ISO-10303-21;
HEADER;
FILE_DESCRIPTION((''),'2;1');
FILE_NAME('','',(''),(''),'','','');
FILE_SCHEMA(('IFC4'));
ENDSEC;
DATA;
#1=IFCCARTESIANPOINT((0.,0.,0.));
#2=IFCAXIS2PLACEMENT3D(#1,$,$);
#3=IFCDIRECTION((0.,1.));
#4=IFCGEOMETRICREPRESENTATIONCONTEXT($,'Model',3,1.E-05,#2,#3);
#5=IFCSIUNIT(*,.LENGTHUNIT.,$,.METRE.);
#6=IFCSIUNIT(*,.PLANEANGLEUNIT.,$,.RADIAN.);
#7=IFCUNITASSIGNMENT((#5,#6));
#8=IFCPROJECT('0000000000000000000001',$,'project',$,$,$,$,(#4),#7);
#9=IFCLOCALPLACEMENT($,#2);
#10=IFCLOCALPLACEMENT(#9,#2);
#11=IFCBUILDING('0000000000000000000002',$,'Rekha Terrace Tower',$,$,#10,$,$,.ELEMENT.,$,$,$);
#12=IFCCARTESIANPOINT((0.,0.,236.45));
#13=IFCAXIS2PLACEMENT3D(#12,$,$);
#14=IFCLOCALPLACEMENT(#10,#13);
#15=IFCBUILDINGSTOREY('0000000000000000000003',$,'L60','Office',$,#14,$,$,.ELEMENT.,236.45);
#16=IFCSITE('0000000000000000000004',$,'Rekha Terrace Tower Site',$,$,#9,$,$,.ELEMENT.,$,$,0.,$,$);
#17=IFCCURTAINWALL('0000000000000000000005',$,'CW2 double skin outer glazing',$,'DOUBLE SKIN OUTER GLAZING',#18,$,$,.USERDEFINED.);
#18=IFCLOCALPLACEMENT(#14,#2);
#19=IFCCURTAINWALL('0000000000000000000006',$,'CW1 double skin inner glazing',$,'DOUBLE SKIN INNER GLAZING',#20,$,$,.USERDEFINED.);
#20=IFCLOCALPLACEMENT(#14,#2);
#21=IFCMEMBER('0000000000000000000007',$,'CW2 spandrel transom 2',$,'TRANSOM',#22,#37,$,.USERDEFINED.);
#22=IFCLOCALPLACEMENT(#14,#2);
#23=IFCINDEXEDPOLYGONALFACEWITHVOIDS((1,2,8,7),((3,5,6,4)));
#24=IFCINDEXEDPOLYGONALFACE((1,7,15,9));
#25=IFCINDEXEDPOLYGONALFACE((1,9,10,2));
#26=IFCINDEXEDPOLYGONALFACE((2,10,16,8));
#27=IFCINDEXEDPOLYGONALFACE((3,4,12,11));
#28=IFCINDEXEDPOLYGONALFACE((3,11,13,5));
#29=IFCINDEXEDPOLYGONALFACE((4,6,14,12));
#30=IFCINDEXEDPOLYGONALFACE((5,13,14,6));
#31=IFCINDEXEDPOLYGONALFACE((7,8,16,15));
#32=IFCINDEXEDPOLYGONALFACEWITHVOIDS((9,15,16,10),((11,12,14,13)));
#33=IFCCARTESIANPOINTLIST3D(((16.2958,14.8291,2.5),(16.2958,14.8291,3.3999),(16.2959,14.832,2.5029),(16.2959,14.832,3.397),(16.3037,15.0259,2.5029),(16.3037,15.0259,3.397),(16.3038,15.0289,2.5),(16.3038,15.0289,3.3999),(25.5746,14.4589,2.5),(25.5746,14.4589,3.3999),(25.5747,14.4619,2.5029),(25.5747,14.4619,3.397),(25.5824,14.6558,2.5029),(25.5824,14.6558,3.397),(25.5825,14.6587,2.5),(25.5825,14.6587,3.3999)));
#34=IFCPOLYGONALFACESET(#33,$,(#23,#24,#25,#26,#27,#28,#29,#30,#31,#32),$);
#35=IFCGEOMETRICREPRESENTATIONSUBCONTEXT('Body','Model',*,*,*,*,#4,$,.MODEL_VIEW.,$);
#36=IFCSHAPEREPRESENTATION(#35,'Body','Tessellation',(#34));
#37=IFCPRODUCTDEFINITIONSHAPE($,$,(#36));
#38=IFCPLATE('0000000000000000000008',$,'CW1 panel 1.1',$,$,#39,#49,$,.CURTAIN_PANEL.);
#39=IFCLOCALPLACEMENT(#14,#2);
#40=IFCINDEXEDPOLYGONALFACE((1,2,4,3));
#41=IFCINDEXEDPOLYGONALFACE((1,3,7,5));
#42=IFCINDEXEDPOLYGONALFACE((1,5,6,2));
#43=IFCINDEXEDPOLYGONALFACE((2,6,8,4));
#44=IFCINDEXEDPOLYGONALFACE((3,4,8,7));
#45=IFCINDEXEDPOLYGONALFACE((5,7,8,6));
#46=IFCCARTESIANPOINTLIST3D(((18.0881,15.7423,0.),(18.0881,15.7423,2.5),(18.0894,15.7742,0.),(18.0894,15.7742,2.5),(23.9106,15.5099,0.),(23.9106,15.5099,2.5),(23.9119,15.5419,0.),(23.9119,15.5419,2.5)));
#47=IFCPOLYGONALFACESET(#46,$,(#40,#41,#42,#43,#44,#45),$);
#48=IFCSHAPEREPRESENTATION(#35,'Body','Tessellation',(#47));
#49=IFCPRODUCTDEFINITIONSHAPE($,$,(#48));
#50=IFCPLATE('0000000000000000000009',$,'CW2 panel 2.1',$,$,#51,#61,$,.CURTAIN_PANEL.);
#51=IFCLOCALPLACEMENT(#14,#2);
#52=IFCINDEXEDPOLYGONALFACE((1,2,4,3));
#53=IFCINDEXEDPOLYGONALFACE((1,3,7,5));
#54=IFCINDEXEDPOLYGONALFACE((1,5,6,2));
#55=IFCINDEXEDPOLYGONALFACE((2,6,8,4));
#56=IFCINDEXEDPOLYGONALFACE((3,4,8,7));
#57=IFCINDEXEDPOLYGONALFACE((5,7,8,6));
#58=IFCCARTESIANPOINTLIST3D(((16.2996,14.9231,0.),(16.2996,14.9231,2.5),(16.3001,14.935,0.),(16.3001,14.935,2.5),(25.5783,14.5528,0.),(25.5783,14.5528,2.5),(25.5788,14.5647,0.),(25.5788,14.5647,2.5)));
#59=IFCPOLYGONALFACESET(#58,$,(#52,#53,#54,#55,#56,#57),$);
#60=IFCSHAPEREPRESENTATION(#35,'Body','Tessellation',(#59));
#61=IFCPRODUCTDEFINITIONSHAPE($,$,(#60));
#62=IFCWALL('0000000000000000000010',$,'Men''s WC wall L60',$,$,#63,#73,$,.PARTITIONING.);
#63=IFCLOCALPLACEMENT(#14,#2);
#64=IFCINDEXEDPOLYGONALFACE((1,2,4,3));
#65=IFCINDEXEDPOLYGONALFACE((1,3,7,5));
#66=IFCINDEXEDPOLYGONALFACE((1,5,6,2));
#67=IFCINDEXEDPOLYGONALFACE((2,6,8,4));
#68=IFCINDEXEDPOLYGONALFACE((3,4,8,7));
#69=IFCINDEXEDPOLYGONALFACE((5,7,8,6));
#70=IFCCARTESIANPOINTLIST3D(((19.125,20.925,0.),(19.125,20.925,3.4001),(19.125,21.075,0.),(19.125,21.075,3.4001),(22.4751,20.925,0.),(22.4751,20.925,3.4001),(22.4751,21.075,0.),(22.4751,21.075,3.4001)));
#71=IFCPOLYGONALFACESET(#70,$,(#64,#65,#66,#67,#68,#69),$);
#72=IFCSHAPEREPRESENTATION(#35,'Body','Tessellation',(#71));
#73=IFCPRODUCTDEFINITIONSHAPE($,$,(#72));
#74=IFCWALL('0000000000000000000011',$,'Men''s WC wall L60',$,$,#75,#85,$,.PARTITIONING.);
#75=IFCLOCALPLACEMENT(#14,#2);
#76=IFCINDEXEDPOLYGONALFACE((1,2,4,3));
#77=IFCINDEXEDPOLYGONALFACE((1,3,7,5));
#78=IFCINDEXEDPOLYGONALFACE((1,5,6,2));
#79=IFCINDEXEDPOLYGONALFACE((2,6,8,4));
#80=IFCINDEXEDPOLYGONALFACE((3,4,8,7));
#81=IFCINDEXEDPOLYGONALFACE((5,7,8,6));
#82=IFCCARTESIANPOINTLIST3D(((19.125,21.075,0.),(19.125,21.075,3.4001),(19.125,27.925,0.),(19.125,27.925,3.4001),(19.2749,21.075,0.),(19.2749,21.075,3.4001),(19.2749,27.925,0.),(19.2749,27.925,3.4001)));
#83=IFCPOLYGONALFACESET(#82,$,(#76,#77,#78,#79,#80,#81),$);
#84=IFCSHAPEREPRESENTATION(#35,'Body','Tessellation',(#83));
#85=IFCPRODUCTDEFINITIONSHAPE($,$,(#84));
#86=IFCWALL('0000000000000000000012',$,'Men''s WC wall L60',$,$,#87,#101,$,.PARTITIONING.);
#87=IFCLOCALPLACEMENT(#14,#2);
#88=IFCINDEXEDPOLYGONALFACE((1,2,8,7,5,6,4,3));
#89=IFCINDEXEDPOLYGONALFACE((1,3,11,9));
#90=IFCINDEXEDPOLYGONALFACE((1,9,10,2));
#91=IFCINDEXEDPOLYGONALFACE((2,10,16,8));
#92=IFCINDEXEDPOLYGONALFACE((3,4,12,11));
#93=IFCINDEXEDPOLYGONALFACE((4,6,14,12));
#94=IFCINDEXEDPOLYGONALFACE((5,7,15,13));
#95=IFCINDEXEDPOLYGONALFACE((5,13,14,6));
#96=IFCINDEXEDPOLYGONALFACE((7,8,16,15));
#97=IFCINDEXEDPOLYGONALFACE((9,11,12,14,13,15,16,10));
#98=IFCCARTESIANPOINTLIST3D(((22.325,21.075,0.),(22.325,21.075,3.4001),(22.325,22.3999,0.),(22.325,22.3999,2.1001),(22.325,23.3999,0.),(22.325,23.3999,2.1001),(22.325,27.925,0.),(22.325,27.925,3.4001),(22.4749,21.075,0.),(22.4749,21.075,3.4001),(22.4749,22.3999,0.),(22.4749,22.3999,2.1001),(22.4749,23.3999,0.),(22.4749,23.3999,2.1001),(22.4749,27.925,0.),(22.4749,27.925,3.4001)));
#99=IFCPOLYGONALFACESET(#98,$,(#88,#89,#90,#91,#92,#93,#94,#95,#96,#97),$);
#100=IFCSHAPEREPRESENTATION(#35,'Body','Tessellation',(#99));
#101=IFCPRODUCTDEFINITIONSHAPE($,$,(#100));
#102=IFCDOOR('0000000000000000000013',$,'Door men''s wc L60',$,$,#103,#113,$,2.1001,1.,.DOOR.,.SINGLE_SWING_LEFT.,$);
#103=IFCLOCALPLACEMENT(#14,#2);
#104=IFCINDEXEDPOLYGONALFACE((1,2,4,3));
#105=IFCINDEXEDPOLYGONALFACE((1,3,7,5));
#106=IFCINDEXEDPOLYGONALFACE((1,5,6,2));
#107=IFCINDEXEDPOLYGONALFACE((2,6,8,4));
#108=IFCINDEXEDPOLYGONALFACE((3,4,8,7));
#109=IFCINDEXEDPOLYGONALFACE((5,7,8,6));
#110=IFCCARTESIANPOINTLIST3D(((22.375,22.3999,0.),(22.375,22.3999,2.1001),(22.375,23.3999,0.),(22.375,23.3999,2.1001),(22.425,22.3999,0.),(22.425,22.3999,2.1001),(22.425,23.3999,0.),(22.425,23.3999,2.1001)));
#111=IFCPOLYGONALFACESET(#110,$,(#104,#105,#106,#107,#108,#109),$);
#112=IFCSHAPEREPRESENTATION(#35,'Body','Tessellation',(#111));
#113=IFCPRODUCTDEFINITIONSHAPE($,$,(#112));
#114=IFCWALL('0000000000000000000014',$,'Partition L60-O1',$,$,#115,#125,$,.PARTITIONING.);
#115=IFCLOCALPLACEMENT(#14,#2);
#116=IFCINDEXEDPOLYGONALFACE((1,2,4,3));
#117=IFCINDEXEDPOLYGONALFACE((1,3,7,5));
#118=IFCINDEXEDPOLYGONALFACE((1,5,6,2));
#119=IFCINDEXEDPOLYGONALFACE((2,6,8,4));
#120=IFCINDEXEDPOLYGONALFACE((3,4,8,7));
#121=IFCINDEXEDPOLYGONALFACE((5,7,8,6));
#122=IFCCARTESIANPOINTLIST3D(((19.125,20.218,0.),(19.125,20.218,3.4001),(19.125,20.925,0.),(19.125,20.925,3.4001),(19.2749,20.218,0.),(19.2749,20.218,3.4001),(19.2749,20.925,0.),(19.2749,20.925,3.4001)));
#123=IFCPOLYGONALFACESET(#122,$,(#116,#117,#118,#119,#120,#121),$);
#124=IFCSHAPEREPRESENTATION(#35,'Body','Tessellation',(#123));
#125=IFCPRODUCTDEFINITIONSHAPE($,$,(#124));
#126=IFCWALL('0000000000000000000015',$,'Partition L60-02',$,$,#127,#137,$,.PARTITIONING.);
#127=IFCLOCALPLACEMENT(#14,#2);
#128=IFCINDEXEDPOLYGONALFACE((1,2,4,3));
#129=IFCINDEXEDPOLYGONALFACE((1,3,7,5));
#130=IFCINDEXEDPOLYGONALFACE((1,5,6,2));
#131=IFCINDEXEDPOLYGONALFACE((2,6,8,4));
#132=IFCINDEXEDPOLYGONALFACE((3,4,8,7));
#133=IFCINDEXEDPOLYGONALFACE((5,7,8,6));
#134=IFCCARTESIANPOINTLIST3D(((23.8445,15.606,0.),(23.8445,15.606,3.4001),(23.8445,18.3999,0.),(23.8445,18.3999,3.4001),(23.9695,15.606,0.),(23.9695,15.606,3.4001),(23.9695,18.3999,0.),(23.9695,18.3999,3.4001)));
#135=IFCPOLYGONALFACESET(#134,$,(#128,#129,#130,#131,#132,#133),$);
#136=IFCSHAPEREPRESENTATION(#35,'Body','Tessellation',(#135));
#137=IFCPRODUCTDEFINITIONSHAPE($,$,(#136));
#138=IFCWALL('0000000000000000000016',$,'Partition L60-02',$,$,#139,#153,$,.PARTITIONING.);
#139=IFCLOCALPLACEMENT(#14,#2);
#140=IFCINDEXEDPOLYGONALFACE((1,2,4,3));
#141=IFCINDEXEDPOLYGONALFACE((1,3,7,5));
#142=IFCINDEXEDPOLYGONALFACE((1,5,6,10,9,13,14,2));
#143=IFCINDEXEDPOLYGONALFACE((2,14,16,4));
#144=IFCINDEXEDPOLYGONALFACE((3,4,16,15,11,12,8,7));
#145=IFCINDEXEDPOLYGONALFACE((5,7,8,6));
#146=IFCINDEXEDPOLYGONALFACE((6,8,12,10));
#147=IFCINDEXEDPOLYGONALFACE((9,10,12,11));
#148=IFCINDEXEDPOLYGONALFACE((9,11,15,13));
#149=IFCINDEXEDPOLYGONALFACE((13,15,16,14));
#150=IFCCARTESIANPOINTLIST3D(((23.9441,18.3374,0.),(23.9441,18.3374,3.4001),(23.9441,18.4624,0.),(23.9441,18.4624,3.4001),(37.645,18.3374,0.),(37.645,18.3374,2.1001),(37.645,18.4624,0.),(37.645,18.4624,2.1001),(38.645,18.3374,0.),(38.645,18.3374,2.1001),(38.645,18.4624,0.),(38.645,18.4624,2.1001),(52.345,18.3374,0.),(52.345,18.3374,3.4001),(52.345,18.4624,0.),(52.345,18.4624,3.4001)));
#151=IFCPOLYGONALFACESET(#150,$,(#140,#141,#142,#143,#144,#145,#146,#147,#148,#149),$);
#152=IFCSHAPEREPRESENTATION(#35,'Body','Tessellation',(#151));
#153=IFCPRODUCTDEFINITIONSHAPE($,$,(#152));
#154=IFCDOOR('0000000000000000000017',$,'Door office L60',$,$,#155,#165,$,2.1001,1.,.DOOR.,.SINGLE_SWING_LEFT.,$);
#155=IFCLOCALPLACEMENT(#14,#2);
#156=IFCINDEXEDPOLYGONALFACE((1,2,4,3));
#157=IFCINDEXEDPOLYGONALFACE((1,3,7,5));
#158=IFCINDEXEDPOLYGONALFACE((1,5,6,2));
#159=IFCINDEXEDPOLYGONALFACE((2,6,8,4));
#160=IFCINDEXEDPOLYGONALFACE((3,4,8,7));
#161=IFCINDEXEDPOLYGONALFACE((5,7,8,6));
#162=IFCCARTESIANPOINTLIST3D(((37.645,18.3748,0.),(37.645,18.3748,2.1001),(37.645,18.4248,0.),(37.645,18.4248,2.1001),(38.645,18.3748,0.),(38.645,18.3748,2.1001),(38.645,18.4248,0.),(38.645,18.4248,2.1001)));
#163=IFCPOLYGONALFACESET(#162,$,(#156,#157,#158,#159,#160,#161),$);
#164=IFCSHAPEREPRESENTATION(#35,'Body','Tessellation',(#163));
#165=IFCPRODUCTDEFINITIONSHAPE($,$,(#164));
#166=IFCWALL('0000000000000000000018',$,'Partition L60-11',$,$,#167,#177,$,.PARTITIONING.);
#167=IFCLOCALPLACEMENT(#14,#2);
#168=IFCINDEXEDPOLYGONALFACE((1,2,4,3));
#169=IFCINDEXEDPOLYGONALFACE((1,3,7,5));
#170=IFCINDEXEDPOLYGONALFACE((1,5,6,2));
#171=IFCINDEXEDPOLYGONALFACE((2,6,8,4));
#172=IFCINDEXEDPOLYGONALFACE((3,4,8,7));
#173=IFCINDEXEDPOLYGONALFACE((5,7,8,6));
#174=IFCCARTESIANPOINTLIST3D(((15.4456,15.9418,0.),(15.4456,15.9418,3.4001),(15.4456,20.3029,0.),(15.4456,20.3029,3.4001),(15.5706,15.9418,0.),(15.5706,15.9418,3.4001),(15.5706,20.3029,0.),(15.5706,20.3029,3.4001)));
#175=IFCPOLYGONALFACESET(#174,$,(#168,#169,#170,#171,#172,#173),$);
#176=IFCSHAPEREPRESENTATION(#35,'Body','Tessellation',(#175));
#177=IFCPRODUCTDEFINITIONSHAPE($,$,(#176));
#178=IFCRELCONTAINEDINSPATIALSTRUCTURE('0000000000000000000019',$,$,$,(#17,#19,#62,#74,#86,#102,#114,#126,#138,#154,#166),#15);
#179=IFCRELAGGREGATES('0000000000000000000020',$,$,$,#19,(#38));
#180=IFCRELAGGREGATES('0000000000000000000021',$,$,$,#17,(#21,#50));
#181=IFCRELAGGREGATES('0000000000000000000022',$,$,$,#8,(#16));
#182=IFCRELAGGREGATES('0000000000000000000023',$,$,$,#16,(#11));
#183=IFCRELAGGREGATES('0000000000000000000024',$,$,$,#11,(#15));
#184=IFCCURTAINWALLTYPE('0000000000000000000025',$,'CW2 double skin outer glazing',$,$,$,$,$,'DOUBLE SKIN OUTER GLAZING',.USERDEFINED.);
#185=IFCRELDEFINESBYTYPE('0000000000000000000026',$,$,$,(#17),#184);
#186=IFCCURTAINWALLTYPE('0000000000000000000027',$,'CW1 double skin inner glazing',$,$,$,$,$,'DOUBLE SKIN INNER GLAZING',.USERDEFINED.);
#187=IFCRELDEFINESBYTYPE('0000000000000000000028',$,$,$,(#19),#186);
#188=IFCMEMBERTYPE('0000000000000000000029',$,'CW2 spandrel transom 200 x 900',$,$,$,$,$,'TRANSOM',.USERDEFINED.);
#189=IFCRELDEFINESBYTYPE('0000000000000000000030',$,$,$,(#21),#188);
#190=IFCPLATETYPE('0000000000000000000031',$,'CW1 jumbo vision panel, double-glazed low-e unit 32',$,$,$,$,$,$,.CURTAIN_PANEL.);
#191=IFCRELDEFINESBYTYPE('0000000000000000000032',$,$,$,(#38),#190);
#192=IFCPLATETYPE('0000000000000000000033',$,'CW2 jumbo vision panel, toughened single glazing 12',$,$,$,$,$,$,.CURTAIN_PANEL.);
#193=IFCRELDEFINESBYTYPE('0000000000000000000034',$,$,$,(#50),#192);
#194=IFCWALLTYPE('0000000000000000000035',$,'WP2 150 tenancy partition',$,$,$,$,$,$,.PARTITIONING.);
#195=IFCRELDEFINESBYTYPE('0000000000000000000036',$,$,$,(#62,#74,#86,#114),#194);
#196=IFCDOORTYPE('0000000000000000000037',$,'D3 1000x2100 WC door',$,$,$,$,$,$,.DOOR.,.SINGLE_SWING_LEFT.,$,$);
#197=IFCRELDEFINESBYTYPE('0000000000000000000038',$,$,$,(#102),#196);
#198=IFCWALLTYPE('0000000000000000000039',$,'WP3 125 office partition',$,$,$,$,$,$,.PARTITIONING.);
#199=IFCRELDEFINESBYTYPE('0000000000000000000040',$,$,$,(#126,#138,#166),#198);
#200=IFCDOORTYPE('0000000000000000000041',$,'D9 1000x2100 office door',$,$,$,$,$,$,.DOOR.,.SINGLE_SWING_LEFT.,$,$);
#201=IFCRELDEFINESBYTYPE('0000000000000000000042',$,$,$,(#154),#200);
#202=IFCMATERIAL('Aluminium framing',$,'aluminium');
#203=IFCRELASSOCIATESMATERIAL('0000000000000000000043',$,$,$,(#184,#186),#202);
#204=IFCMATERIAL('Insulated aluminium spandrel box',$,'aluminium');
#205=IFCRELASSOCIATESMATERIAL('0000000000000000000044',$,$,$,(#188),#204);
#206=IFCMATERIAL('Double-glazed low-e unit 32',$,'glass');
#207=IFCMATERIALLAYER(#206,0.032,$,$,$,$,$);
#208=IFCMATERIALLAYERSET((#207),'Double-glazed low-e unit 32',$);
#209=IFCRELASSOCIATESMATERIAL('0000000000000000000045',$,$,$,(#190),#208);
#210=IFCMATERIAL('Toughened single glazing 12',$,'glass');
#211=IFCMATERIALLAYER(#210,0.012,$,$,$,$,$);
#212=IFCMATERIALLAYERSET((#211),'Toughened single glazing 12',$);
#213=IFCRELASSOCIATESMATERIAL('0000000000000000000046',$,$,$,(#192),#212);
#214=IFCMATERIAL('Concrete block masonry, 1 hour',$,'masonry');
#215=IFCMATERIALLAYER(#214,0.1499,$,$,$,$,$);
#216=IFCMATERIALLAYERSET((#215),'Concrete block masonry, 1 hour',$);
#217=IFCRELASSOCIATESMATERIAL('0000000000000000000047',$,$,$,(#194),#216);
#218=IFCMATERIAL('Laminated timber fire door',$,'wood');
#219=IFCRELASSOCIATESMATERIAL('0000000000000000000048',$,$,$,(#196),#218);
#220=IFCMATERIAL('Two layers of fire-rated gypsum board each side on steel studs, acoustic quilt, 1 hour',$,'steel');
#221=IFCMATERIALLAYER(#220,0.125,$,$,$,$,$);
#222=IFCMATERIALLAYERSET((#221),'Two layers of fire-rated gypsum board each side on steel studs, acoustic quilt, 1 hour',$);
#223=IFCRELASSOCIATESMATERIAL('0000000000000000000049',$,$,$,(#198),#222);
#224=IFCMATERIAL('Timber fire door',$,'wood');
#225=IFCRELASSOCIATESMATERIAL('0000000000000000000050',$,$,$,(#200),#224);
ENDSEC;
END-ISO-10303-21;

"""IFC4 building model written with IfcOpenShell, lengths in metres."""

from ifc_helpers import new_model, si_unit, direction, frame, frame_2d, origin, origin_2d, place, context, subcontext, project, spatial, rectangle, hollow_rectangle, extrude, material, layer, layer_set, material_profile, profile_set, type_object, element, fill, aggregate, save


model = new_model("IFC4")

# Units and contexts
model_context = context("Model", 3, precision=1e-05, world=origin(), true_north=direction((0.0, 1.0)))
body_context = subcontext(model_context, "Body", "Model", "MODEL_VIEW")
ifc_project = project(units=[si_unit("LENGTHUNIT", "METRE"), si_unit("PLANEANGLEUNIT", "RADIAN")], contexts=[model_context])

# Site, building, storey
site_placement = place(None, origin())
site = spatial("IfcSite", under=ifc_project, at=site_placement, Name="Rekha Terrace Tower Site", CompositionType="ELEMENT", RefElevation=0.0)
building_placement = place(site_placement, origin())
building = spatial("IfcBuilding", under=site, at=building_placement, Name="Rekha Terrace Tower", CompositionType="ELEMENT")
storey_placement = place(building_placement, frame((0.0, 0.0, 236.45)))
storey = spatial("IfcBuildingStorey", under=building, at=storey_placement, Name="L60", Description="Office", CompositionType="ELEMENT", Elevation=236.45)

# Curtain wall
ifc_material_1 = material(Name="Aluminium framing", Category="aluminium")
curtain_wall_type_1 = type_object("IfcCurtainWallType", Name="CW2 double skin outer glazing", ElementType="DOUBLE SKIN OUTER GLAZING", PredefinedType="USERDEFINED", material=ifc_material_1)
curtain_wall_1_placement = place(storey_placement, origin())
curtain_wall_1 = element("IfcCurtainWall", 1, at=curtain_wall_1_placement, inside=storey, type_object=curtain_wall_type_1, Name="CW2 double skin outer glazing", ObjectType="DOUBLE SKIN OUTER GLAZING", PredefinedType="USERDEFINED")
curtain_wall_type_2 = type_object("IfcCurtainWallType", Name="CW1 double skin inner glazing", ElementType="DOUBLE SKIN INNER GLAZING", PredefinedType="USERDEFINED", material=ifc_material_1)

# Curtain wall
curtain_wall_2_placement = place(storey_placement, origin())
curtain_wall_2 = element("IfcCurtainWall", 2, at=curtain_wall_2_placement, inside=storey, type_object=curtain_wall_type_2, Name="CW1 double skin inner glazing", ObjectType="DOUBLE SKIN INNER GLAZING", PredefinedType="USERDEFINED")

# Member
ifc_material_2 = material(Name="Insulated aluminium spandrel box", Category="aluminium")
ifc_material_profile_1 = material_profile(ifc_material_2, hollow_rectangle(XDim=0.2, YDim=0.8999, WallThickness=0.0029, at=origin_2d()), Name="AL SPANDREL BOX 200x900")
ifc_profile_set_1 = profile_set([ifc_material_profile_1], Name="Insulated aluminium spandrel box")
member_type_1 = type_object("IfcMemberType", Name="CW2 spandrel transom 200 x 900", ElementType="TRANSOM", PredefinedType="USERDEFINED", material=ifc_profile_set_1)
member_1_placement = place(storey_placement, frame((16.2998, 14.929, 2.95), z_axis=(0.999205, -0.039857, 0.0), x_axis=(0.039857, 0.999205, 0.0)))
member_1 = element("IfcMember", 3, at=member_1_placement, type_object=member_type_1, Name="CW2 spandrel transom 2", ObjectType="TRANSOM", PredefinedType="USERDEFINED", context=body_context, shape_type="SweptSolid", body=[
    extrude(hollow_rectangle(XDim=0.2, YDim=0.8999, WallThickness=0.0029, at=origin_2d()), origin(), (0.0, 0.0, 1.0), 9.2861),
])

# Plates
ifc_material_3 = material(Name="Double-glazed low-e unit 32", Category="glass")
ifc_layer_1 = layer(ifc_material_3, 0.032)
ifc_layer_set_1 = layer_set([ifc_layer_1], Name="Double-glazed low-e unit 32")
plate_type_1 = type_object("IfcPlateType", Name="CW1 jumbo vision panel, double-glazed low-e unit 32", PredefinedType="CURTAIN_PANEL", material=ifc_layer_set_1)
plate_1_placement = place(storey_placement, frame((21.0, 15.6421, 0.0), z_axis=(0.0, 0.0, 1.0), x_axis=(0.999205, -0.039872, 0.0)))
plate_1 = element("IfcPlate", 4, at=plate_1_placement, type_object=plate_type_1, Name="CW1 panel 1.1", PredefinedType="CURTAIN_PANEL", context=body_context, shape_type="SweptSolid", body=[
    extrude(rectangle(XDim=5.8271, YDim=0.032, at=origin_2d()), origin(), (0.0, 0.0, 1.0), 2.5),
])
aggregate(curtain_wall_2, [plate_1])
ifc_material_4 = material(Name="Toughened single glazing 12", Category="glass")
ifc_layer_2 = layer(ifc_material_4, 0.012)
ifc_layer_set_2 = layer_set([ifc_layer_2], Name="Toughened single glazing 12")
plate_type_2 = type_object("IfcPlateType", Name="CW2 jumbo vision panel, toughened single glazing 12", PredefinedType="CURTAIN_PANEL", material=ifc_layer_set_2)
plate_2_placement = place(storey_placement, frame((20.9392, 14.7439, 0.0), z_axis=(0.0, 0.0, 1.0), x_axis=(0.999205, -0.039872, 0.0)))
plate_2 = element("IfcPlate", 5, at=plate_2_placement, type_object=plate_type_2, Name="CW2 panel 2.1", PredefinedType="CURTAIN_PANEL", context=body_context, shape_type="SweptSolid", body=[
    extrude(rectangle(XDim=9.2861, YDim=0.012, at=origin_2d()), origin(), (0.0, 0.0, 1.0), 2.5),
])
aggregate(curtain_wall_1, [member_1, plate_2])

# Walls
ifc_material_5 = material(Name="Concrete block masonry, 1 hour", Category="masonry")
ifc_layer_3 = layer(ifc_material_5, 0.1499)
ifc_layer_set_3 = layer_set([ifc_layer_3], Name="Concrete block masonry, 1 hour")
wall_type_1 = type_object("IfcWallType", Name="WP2 150 tenancy partition", PredefinedType="PARTITIONING", material=ifc_layer_set_3)
wall_1_placement = place(storey_placement, frame((19.125, 21.0, 0.0), z_axis=(0.0, 0.0, 1.0), x_axis=(1.0, 0.0, 0.0)))
element("IfcWall", 6, at=wall_1_placement, inside=storey, type_object=wall_type_1, Name="Men's WC wall L60", PredefinedType="PARTITIONING", context=body_context, shape_type="SweptSolid", body=[
    extrude(rectangle(XDim=3.3501, YDim=0.1499, at=frame_2d((1.675, 0.0))), origin(), (0.0, 0.0, 1.0), 3.4001),
])
wall_2_placement = place(storey_placement, frame((19.2, 21.075, 0.0), z_axis=(0.0, 0.0, 1.0), x_axis=(0.0, 1.0, 0.0)))
element("IfcWall", 7, at=wall_2_placement, inside=storey, type_object=wall_type_1, Name="Men's WC wall L60", PredefinedType="PARTITIONING", context=body_context, shape_type="SweptSolid", body=[
    extrude(rectangle(XDim=6.8501, YDim=0.1499, at=frame_2d((3.425, 0.0))), origin(), (0.0, 0.0, 1.0), 3.4001),
])

# Wall, opening, door
wall_3_placement = place(storey_placement, frame((22.3999, 21.075, 0.0), z_axis=(0.0, 0.0, 1.0), x_axis=(0.0, 1.0, 0.0)))
wall_3 = element("IfcWall", 8, at=wall_3_placement, inside=storey, type_object=wall_type_1, Name="Men's WC wall L60", PredefinedType="PARTITIONING", context=body_context, shape_type="SweptSolid", body=[
    extrude(rectangle(XDim=6.8501, YDim=0.1499, at=frame_2d((3.425, 0.0))), origin(), (0.0, 0.0, 1.0), 3.4001),
])
opening_1_placement = place(wall_3_placement, frame((1.325, 0.0, 0.0)))
opening_1 = element("IfcOpeningElement", 9, at=opening_1_placement, cuts=wall_3, PredefinedType="OPENING", context=body_context, shape_type="SweptSolid", body=[
    extrude(rectangle(XDim=1.0, YDim=2.1001, at=frame_2d((0.5, 1.05))), frame((0.0, 0.085, 0.0), z_axis=(0.0, -1.0, 0.0), x_axis=(1.0, 0.0, 0.0)), (0.0, 0.0, 1.0), 0.1699),
])
ifc_material_6 = material(Name="Laminated timber fire door", Category="wood")
door_type_1 = type_object("IfcDoorType", Name="D3 1000x2100 WC door", OperationType="SINGLE_SWING_LEFT", PredefinedType="DOOR", material=ifc_material_6)
door_1_placement = place(opening_1_placement, origin())
door_1 = element("IfcDoor", 10, at=door_1_placement, inside=storey, type_object=door_type_1, Name="Door men's wc L60", OperationType="SINGLE_SWING_LEFT", OverallHeight=2.1001, OverallWidth=1.0, PredefinedType="DOOR", context=body_context, shape_type="SweptSolid", body=[
    extrude(rectangle(XDim=1.0, YDim=2.1001, at=frame_2d((0.5, 1.05))), frame((0.0, 0.0249, 0.0), z_axis=(0.0, -1.0, 0.0), x_axis=(1.0, 0.0, 0.0)), (0.0, 0.0, 1.0), 0.05),
])
fill(opening_1, door_1)

# Walls
wall_4_placement = place(storey_placement, frame((19.2, 20.925, 0.0), z_axis=(0.0, 0.0, 1.0), x_axis=(0.0, -1.0, 0.0)))
element("IfcWall", 11, at=wall_4_placement, inside=storey, type_object=wall_type_1, Name="Partition L60-O1", PredefinedType="PARTITIONING", context=body_context, shape_type="SweptSolid", body=[
    extrude(rectangle(XDim=0.707, YDim=0.1499, at=frame_2d((0.3535, 0.0))), origin(), (0.0, 0.0, 1.0), 3.4001),
])
ifc_material_7 = material(Name="Two layers of fire-rated gypsum board each side on steel studs, acoustic quilt, 1 hour", Category="steel")
ifc_layer_4 = layer(ifc_material_7, 0.125)
ifc_layer_set_4 = layer_set([ifc_layer_4], Name="Two layers of fire-rated gypsum board each side on steel studs, acoustic quilt, 1 hour")
wall_type_2 = type_object("IfcWallType", Name="WP3 125 office partition", PredefinedType="PARTITIONING", material=ifc_layer_set_4)
wall_5_placement = place(storey_placement, frame((23.907, 15.606, 0.0), z_axis=(0.0, 0.0, 1.0), x_axis=(0.0, 1.0, 0.0)))
element("IfcWall", 12, at=wall_5_placement, inside=storey, type_object=wall_type_2, Name="Partition L60-02", PredefinedType="PARTITIONING", context=body_context, shape_type="SweptSolid", body=[
    extrude(rectangle(XDim=2.7939, YDim=0.125, at=frame_2d((1.397, 0.0))), origin(), (0.0, 0.0, 1.0), 3.4001),
])

# Wall, opening, door
wall_6_placement = place(storey_placement, frame((23.9441, 18.3999, 0.0), z_axis=(0.0, 0.0, 1.0), x_axis=(1.0, 0.0, 0.0)))
wall_6 = element("IfcWall", 13, at=wall_6_placement, inside=storey, type_object=wall_type_2, Name="Partition L60-02", PredefinedType="PARTITIONING", context=body_context, shape_type="SweptSolid", body=[
    extrude(rectangle(XDim=28.4009, YDim=0.125, at=frame_2d((14.2004, 0.0))), origin(), (0.0, 0.0, 1.0), 3.4001),
])
opening_2_placement = place(wall_6_placement, frame((13.7009, 0.0, 0.0)))
opening_2 = element("IfcOpeningElement", 14, at=opening_2_placement, cuts=wall_6, PredefinedType="OPENING", context=body_context, shape_type="SweptSolid", body=[
    extrude(rectangle(XDim=1.0, YDim=2.1001, at=frame_2d((0.5, 1.05))), frame((0.0, 0.0725, 0.0), z_axis=(0.0, -1.0, 0.0), x_axis=(1.0, 0.0, 0.0)), (0.0, 0.0, 1.0), 0.145),
])
ifc_material_8 = material(Name="Timber fire door", Category="wood")
door_type_2 = type_object("IfcDoorType", Name="D9 1000x2100 office door", OperationType="SINGLE_SWING_LEFT", PredefinedType="DOOR", material=ifc_material_8)
door_2_placement = place(opening_2_placement, origin())
door_2 = element("IfcDoor", 15, at=door_2_placement, inside=storey, type_object=door_type_2, Name="Door office L60", OperationType="SINGLE_SWING_LEFT", OverallHeight=2.1001, OverallWidth=1.0, PredefinedType="DOOR", context=body_context, shape_type="SweptSolid", body=[
    extrude(rectangle(XDim=1.0, YDim=2.1001, at=frame_2d((0.5, 1.05))), frame((0.0, 0.0249, 0.0), z_axis=(0.0, -1.0, 0.0), x_axis=(1.0, 0.0, 0.0)), (0.0, 0.0, 1.0), 0.05),
])
fill(opening_2, door_2)

# Wall
wall_7_placement = place(storey_placement, frame((15.5081, 20.303, 0.0), z_axis=(0.0, 0.0, 1.0), x_axis=(0.0, -1.0, 0.0)))
element("IfcWall", 16, at=wall_7_placement, inside=storey, type_object=wall_type_2, Name="Partition L60-11", PredefinedType="PARTITIONING", context=body_context, shape_type="SweptSolid", body=[
    extrude(rectangle(XDim=4.3611, YDim=0.125, at=frame_2d((2.1807, 0.0))), origin(), (0.0, 0.0, 1.0), 3.4001),
])

save(model, "model.ifc")
